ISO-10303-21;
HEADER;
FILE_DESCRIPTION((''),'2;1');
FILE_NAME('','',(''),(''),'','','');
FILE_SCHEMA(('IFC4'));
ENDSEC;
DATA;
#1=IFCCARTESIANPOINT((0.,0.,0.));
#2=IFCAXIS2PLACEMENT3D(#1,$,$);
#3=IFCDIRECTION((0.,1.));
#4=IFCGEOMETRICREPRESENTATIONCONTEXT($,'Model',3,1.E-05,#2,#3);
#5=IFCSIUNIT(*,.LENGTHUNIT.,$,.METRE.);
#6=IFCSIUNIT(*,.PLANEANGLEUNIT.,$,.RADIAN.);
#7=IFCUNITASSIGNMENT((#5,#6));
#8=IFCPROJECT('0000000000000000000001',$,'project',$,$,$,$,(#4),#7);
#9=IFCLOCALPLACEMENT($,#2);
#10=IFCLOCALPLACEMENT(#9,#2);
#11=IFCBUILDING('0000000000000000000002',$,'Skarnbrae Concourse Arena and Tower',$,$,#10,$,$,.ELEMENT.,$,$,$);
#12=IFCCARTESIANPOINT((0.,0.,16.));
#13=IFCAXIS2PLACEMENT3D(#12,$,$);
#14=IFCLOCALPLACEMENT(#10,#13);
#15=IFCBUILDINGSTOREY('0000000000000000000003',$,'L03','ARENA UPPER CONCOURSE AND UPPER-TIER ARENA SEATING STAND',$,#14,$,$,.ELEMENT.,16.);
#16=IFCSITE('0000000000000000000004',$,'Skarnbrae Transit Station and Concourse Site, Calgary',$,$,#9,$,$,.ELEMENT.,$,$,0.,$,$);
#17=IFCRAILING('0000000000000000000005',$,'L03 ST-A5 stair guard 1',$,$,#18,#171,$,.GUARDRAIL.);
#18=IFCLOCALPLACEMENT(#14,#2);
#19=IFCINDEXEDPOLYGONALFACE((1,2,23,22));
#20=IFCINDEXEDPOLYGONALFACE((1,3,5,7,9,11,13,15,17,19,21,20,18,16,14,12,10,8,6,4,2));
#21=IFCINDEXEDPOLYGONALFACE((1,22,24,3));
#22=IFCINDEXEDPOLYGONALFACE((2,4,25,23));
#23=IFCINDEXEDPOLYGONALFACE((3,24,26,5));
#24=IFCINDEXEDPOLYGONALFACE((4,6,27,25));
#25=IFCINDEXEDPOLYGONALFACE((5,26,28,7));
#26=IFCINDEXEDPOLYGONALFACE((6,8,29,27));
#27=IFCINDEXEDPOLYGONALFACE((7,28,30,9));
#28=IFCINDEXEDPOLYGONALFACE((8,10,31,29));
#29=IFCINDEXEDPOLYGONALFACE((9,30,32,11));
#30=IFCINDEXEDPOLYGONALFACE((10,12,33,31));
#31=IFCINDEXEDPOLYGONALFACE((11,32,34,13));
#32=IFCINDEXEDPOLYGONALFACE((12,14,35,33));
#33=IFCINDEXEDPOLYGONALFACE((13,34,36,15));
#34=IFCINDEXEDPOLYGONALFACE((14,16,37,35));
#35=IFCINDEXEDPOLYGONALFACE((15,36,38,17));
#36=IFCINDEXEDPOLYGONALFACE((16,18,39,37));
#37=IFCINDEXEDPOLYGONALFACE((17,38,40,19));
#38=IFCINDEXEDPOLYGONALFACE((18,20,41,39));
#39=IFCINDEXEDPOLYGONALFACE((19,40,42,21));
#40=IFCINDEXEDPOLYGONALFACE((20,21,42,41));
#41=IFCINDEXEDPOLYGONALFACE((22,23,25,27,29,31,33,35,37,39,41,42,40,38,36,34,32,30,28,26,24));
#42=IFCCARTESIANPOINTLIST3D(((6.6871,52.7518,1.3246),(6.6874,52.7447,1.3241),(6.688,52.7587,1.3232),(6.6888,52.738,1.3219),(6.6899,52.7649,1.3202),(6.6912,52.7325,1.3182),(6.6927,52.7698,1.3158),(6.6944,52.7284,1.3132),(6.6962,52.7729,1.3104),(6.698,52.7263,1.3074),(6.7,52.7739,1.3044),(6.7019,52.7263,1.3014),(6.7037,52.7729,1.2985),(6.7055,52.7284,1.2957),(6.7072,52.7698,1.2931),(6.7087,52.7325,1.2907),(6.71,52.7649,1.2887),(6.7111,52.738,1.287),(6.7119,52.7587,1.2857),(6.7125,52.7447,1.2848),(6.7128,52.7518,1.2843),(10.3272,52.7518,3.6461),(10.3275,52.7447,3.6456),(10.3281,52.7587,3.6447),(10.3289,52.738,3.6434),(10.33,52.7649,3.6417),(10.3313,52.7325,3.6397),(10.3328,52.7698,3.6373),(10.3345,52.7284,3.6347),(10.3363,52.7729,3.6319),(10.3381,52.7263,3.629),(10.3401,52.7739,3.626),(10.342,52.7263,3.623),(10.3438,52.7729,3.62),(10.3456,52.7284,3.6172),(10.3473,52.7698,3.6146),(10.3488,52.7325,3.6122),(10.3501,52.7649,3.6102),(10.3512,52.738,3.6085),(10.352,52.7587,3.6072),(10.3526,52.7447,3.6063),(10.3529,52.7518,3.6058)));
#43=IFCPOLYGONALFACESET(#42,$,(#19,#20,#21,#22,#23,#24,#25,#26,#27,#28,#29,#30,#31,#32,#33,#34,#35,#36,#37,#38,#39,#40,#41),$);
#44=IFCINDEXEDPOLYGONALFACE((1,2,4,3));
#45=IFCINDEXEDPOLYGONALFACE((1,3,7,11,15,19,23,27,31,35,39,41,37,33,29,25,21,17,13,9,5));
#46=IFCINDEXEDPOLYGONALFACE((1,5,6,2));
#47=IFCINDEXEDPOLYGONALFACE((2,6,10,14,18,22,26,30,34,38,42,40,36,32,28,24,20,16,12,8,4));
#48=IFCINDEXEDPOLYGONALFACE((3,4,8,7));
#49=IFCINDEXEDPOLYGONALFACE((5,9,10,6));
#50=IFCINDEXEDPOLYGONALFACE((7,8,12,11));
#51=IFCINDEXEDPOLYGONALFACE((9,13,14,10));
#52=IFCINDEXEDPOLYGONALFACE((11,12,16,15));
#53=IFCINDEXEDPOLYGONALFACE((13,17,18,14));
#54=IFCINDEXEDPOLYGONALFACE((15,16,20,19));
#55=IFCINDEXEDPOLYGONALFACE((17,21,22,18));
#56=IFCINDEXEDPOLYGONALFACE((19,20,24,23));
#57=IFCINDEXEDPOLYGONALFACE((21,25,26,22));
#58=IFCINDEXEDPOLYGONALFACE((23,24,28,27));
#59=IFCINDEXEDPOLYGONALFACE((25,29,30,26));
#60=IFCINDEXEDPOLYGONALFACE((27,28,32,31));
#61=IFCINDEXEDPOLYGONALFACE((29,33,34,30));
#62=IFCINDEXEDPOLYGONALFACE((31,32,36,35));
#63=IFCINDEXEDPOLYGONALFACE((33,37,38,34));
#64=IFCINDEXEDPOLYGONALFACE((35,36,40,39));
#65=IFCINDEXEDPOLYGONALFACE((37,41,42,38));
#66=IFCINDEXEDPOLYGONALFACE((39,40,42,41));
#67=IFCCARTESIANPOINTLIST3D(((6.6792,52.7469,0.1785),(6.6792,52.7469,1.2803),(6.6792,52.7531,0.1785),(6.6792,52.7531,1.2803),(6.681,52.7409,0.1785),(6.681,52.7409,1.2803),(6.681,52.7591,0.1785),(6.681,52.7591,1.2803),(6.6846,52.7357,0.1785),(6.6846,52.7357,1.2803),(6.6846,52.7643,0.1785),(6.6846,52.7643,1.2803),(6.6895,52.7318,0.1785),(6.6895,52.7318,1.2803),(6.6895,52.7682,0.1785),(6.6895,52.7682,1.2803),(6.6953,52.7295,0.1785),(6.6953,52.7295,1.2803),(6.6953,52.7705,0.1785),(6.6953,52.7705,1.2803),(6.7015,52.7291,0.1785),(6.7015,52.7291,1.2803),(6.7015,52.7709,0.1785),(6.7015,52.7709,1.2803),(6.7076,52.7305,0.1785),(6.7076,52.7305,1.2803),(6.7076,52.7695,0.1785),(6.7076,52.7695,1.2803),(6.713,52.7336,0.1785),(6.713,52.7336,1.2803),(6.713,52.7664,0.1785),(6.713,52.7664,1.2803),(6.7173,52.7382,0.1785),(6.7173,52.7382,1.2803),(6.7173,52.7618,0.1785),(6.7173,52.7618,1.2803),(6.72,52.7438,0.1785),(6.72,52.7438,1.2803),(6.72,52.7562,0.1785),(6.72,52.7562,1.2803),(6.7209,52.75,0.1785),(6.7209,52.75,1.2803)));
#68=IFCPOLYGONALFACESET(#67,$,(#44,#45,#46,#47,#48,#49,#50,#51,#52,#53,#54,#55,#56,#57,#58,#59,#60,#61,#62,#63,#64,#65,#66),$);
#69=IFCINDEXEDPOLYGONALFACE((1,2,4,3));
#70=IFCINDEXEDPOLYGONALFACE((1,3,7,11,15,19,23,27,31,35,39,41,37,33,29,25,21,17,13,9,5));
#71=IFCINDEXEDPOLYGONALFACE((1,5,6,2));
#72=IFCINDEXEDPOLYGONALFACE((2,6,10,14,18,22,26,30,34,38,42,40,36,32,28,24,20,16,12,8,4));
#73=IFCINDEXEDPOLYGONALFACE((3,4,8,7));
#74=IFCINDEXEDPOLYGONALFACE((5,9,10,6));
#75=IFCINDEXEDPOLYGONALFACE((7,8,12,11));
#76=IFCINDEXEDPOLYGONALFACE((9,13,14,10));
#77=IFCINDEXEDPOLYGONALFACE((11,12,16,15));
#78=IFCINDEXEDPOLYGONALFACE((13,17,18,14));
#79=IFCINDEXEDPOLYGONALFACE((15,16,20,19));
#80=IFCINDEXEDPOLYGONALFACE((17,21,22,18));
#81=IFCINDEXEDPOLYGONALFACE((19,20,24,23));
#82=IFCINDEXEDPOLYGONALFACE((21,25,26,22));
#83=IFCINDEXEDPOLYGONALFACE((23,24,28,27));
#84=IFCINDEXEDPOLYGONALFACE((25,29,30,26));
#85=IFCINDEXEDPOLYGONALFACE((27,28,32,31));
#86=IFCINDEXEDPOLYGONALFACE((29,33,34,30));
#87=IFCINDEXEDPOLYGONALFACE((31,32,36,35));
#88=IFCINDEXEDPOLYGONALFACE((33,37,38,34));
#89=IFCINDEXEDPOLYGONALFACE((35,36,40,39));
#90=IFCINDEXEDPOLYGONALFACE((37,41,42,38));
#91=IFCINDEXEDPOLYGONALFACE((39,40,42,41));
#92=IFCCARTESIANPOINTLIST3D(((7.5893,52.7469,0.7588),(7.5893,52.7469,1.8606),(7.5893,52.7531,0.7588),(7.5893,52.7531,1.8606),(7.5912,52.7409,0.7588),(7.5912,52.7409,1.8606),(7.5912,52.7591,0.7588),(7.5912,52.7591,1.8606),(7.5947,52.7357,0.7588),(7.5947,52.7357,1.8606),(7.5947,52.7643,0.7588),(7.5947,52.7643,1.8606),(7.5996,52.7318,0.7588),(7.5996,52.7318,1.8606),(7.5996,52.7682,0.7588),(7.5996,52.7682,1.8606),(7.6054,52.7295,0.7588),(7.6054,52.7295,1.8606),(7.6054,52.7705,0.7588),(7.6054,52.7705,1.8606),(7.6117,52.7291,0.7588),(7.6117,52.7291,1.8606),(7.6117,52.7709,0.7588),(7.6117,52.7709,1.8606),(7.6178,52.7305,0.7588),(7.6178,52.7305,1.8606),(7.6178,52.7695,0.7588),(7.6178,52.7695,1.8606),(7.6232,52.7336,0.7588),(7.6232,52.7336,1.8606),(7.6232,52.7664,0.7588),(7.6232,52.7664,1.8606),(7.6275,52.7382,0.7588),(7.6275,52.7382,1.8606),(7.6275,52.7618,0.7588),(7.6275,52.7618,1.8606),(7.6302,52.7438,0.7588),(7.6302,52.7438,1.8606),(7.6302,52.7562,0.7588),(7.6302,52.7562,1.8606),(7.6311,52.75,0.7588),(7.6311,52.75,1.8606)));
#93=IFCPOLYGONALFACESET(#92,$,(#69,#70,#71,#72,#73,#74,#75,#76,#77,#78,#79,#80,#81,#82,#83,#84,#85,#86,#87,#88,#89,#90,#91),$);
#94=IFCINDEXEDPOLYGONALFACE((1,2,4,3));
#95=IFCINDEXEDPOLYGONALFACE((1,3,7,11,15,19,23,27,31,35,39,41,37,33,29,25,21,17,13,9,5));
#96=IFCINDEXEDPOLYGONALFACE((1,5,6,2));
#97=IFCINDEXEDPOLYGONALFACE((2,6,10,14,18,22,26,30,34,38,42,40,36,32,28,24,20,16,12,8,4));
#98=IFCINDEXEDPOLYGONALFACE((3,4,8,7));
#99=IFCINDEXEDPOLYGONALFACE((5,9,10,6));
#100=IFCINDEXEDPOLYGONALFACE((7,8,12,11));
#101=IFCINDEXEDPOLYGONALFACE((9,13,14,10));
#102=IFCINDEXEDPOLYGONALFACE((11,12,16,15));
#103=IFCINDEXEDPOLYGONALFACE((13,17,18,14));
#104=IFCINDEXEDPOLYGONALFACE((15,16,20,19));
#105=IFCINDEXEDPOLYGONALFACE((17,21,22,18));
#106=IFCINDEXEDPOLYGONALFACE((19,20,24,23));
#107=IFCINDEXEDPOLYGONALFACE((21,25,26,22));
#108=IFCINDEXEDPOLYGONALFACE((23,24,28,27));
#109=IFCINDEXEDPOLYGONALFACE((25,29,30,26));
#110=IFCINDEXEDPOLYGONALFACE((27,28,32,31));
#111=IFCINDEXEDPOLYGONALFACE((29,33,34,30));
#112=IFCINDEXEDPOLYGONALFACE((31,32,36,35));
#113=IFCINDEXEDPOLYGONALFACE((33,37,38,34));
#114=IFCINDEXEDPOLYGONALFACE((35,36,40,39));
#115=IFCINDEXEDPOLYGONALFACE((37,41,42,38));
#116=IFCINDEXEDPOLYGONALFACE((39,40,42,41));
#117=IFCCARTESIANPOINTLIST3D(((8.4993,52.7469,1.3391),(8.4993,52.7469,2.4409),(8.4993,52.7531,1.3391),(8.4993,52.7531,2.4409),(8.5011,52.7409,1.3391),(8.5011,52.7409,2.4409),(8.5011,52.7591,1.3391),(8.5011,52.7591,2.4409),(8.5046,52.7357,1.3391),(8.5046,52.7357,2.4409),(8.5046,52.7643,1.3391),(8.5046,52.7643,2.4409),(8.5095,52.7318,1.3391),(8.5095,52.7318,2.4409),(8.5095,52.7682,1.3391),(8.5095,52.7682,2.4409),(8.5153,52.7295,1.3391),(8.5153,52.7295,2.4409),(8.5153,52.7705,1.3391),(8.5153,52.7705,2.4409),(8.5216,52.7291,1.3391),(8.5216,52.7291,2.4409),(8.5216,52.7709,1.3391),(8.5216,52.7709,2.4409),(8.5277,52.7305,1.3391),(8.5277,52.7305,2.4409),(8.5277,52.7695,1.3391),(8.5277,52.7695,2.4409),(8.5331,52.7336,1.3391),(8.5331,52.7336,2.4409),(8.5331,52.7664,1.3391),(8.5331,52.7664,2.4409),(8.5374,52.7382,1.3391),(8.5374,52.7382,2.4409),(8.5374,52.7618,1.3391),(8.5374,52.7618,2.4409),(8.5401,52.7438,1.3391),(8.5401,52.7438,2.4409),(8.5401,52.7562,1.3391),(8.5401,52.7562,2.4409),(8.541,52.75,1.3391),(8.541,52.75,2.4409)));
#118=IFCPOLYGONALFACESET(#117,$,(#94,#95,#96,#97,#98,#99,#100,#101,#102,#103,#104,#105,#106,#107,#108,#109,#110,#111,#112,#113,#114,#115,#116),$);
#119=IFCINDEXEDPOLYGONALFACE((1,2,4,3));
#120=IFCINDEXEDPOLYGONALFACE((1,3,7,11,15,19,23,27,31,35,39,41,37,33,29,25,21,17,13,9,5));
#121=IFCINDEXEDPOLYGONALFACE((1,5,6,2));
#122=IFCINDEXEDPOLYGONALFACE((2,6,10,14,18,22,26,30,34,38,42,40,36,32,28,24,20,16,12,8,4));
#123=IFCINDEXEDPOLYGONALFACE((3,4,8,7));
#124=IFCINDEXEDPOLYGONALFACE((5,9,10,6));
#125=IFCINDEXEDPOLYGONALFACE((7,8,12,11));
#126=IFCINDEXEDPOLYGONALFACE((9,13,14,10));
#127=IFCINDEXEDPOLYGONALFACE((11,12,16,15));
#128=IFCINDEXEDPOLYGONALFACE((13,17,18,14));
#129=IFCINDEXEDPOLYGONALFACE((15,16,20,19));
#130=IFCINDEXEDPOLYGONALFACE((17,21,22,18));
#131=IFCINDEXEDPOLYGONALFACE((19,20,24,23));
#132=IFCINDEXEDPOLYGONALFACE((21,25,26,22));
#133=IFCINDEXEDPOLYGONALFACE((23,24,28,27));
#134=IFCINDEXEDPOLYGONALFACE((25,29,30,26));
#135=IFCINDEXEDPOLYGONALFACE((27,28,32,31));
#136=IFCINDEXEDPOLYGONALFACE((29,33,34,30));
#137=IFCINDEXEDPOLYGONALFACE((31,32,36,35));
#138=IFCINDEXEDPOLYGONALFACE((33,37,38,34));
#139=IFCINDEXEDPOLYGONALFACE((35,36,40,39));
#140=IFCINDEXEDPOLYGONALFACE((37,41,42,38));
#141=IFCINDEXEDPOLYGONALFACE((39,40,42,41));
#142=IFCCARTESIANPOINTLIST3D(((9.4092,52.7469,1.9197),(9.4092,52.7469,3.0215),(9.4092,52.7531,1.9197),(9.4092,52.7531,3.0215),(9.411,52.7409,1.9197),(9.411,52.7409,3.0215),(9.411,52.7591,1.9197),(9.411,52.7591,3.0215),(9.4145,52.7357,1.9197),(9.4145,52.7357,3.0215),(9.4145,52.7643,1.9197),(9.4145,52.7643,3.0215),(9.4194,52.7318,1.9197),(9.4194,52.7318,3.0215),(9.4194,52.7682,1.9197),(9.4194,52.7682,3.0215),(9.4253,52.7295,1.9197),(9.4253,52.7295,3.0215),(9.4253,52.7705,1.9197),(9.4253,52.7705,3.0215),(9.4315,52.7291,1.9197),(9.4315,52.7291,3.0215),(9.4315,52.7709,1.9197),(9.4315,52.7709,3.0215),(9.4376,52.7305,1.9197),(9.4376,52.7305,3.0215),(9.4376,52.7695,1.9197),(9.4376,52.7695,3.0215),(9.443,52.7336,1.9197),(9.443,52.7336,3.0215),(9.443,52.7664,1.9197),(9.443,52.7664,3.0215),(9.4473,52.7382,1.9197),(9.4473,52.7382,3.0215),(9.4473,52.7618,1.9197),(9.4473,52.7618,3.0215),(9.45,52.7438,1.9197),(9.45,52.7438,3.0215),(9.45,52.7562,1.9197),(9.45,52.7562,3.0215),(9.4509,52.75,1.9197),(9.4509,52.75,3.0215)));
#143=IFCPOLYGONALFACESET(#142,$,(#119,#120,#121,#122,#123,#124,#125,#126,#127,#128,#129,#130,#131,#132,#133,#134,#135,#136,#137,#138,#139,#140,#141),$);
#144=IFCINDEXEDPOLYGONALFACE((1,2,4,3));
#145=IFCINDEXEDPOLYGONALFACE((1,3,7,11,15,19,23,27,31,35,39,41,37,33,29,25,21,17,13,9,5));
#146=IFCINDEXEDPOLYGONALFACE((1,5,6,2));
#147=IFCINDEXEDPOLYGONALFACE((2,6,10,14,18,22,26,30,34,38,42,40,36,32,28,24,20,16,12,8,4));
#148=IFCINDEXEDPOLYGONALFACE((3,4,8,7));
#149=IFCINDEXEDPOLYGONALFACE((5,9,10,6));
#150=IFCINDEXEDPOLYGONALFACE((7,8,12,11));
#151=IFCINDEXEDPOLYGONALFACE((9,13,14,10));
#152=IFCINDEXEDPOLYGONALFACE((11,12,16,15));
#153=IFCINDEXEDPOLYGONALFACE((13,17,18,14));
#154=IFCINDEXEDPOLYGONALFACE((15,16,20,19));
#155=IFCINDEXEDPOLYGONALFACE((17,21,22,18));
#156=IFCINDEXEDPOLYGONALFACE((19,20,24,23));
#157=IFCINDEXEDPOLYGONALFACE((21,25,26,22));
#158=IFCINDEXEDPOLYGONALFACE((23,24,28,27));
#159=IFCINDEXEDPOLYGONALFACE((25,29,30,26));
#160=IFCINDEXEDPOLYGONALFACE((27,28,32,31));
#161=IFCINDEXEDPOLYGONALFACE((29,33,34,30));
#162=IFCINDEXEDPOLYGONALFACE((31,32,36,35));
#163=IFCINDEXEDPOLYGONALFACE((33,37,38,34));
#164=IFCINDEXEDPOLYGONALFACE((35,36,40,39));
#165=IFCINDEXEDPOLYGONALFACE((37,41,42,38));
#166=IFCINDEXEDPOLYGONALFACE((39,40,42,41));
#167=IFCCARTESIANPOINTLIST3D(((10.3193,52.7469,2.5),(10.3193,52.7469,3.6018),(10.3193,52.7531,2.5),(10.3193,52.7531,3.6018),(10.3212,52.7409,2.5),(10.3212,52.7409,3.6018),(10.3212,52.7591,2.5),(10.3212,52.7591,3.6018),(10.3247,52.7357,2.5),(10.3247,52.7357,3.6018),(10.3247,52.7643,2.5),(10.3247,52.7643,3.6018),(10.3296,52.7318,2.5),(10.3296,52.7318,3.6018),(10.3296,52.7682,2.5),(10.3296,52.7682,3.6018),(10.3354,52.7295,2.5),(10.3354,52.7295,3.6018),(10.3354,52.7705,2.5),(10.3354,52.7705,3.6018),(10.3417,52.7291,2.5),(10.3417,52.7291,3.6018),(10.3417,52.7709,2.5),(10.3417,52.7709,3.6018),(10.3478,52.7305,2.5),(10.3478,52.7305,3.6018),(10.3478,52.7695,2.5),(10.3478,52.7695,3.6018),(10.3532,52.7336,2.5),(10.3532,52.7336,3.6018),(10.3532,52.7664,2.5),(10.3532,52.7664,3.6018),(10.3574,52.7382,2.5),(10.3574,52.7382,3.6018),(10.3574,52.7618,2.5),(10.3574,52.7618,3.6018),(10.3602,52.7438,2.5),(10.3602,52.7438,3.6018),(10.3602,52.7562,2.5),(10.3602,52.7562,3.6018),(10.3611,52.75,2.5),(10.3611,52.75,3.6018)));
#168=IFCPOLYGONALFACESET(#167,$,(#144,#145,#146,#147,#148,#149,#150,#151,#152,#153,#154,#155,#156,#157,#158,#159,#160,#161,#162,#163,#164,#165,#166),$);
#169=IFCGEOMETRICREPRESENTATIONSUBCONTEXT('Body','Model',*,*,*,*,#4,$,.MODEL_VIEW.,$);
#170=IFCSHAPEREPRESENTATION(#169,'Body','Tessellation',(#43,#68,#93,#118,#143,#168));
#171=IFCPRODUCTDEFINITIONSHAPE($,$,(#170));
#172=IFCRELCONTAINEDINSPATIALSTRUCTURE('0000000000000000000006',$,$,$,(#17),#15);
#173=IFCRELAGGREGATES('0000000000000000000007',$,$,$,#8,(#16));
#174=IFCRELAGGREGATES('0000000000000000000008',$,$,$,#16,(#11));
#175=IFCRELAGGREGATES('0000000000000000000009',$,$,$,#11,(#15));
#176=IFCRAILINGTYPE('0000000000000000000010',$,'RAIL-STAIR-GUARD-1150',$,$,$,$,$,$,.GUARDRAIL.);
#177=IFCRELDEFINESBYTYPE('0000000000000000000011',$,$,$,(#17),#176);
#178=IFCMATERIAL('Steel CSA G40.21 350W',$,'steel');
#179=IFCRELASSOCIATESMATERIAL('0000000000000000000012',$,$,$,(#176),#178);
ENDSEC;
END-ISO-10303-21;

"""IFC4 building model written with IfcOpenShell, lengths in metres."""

from ifc_helpers import new_model, si_unit, direction, frame, origin, origin_2d, place, context, subcontext, project, spatial, circle, extrude, material, type_object, element, save


model = new_model("IFC4")

# Units and contexts
model_context = context("Model", 3, precision=1e-05, world=origin(), true_north=direction((0.0, 1.0)))
body_context = subcontext(model_context, "Body", "Model", "MODEL_VIEW")
ifc_project = project(units=[si_unit("LENGTHUNIT", "METRE"), si_unit("PLANEANGLEUNIT", "RADIAN")], contexts=[model_context])

# Site, building, storey
site_placement = place(None, origin())
site = spatial("IfcSite", under=ifc_project, at=site_placement, Name="Skarnbrae Transit Station and Concourse Site, Calgary", CompositionType="ELEMENT", RefElevation=0.0)
building_placement = place(site_placement, origin())
building = spatial("IfcBuilding", under=site, at=building_placement, Name="Skarnbrae Concourse Arena and Tower", CompositionType="ELEMENT")
storey_placement = place(building_placement, frame((0.0, 0.0, 16.0)))
storey = spatial("IfcBuildingStorey", under=building, at=storey_placement, Name="L03", Description="ARENA UPPER CONCOURSE AND UPPER-TIER ARENA SEATING STAND", CompositionType="ELEMENT", Elevation=16.0)

# Shared definitions
ifc_material_1 = material(Name="Steel CSA G40.21 350W", Category="steel")

# Railing
railing_type_1 = type_object("IfcRailingType", Name="RAIL-STAIR-GUARD-1150", PredefinedType="GUARDRAIL", material=ifc_material_1)
railing_1_placement = place(storey_placement, frame((6.7, 52.75, 0.1785)))
element("IfcRailing", 1, at=railing_1_placement, inside=storey, type_object=railing_type_1, Name="L03 ST-A5 stair guard 1", PredefinedType="GUARDRAIL", context=body_context, shape_type="SweptSolid", body=[
    extrude(circle(Radius=0.0239, at=origin_2d()), frame((0.0, 0.0, 1.126), z_axis=(0.843128, 0.0, 0.537713), x_axis=(0.0, 1.0, 0.0)), (0.0, 0.0, 1.0), 4.3174),
    extrude(circle(Radius=0.021, at=origin_2d()), origin(), (0.0, 0.0, 1.0), 1.1018),
    extrude(circle(Radius=0.021, at=origin_2d()), frame((0.9102, 0.0, 0.5803)), (0.0, 0.0, 1.0), 1.1018),
    extrude(circle(Radius=0.021, at=origin_2d()), frame((1.8201, 0.0, 1.1606)), (0.0, 0.0, 1.0), 1.1018),
    extrude(circle(Radius=0.021, at=origin_2d()), frame((2.73, 0.0, 1.7412)), (0.0, 0.0, 1.0), 1.1018),
    extrude(circle(Radius=0.021, at=origin_2d()), frame((3.6401, 0.0, 2.3215)), (0.0, 0.0, 1.0), 1.1018),
])

save(model, "model.ifc")
